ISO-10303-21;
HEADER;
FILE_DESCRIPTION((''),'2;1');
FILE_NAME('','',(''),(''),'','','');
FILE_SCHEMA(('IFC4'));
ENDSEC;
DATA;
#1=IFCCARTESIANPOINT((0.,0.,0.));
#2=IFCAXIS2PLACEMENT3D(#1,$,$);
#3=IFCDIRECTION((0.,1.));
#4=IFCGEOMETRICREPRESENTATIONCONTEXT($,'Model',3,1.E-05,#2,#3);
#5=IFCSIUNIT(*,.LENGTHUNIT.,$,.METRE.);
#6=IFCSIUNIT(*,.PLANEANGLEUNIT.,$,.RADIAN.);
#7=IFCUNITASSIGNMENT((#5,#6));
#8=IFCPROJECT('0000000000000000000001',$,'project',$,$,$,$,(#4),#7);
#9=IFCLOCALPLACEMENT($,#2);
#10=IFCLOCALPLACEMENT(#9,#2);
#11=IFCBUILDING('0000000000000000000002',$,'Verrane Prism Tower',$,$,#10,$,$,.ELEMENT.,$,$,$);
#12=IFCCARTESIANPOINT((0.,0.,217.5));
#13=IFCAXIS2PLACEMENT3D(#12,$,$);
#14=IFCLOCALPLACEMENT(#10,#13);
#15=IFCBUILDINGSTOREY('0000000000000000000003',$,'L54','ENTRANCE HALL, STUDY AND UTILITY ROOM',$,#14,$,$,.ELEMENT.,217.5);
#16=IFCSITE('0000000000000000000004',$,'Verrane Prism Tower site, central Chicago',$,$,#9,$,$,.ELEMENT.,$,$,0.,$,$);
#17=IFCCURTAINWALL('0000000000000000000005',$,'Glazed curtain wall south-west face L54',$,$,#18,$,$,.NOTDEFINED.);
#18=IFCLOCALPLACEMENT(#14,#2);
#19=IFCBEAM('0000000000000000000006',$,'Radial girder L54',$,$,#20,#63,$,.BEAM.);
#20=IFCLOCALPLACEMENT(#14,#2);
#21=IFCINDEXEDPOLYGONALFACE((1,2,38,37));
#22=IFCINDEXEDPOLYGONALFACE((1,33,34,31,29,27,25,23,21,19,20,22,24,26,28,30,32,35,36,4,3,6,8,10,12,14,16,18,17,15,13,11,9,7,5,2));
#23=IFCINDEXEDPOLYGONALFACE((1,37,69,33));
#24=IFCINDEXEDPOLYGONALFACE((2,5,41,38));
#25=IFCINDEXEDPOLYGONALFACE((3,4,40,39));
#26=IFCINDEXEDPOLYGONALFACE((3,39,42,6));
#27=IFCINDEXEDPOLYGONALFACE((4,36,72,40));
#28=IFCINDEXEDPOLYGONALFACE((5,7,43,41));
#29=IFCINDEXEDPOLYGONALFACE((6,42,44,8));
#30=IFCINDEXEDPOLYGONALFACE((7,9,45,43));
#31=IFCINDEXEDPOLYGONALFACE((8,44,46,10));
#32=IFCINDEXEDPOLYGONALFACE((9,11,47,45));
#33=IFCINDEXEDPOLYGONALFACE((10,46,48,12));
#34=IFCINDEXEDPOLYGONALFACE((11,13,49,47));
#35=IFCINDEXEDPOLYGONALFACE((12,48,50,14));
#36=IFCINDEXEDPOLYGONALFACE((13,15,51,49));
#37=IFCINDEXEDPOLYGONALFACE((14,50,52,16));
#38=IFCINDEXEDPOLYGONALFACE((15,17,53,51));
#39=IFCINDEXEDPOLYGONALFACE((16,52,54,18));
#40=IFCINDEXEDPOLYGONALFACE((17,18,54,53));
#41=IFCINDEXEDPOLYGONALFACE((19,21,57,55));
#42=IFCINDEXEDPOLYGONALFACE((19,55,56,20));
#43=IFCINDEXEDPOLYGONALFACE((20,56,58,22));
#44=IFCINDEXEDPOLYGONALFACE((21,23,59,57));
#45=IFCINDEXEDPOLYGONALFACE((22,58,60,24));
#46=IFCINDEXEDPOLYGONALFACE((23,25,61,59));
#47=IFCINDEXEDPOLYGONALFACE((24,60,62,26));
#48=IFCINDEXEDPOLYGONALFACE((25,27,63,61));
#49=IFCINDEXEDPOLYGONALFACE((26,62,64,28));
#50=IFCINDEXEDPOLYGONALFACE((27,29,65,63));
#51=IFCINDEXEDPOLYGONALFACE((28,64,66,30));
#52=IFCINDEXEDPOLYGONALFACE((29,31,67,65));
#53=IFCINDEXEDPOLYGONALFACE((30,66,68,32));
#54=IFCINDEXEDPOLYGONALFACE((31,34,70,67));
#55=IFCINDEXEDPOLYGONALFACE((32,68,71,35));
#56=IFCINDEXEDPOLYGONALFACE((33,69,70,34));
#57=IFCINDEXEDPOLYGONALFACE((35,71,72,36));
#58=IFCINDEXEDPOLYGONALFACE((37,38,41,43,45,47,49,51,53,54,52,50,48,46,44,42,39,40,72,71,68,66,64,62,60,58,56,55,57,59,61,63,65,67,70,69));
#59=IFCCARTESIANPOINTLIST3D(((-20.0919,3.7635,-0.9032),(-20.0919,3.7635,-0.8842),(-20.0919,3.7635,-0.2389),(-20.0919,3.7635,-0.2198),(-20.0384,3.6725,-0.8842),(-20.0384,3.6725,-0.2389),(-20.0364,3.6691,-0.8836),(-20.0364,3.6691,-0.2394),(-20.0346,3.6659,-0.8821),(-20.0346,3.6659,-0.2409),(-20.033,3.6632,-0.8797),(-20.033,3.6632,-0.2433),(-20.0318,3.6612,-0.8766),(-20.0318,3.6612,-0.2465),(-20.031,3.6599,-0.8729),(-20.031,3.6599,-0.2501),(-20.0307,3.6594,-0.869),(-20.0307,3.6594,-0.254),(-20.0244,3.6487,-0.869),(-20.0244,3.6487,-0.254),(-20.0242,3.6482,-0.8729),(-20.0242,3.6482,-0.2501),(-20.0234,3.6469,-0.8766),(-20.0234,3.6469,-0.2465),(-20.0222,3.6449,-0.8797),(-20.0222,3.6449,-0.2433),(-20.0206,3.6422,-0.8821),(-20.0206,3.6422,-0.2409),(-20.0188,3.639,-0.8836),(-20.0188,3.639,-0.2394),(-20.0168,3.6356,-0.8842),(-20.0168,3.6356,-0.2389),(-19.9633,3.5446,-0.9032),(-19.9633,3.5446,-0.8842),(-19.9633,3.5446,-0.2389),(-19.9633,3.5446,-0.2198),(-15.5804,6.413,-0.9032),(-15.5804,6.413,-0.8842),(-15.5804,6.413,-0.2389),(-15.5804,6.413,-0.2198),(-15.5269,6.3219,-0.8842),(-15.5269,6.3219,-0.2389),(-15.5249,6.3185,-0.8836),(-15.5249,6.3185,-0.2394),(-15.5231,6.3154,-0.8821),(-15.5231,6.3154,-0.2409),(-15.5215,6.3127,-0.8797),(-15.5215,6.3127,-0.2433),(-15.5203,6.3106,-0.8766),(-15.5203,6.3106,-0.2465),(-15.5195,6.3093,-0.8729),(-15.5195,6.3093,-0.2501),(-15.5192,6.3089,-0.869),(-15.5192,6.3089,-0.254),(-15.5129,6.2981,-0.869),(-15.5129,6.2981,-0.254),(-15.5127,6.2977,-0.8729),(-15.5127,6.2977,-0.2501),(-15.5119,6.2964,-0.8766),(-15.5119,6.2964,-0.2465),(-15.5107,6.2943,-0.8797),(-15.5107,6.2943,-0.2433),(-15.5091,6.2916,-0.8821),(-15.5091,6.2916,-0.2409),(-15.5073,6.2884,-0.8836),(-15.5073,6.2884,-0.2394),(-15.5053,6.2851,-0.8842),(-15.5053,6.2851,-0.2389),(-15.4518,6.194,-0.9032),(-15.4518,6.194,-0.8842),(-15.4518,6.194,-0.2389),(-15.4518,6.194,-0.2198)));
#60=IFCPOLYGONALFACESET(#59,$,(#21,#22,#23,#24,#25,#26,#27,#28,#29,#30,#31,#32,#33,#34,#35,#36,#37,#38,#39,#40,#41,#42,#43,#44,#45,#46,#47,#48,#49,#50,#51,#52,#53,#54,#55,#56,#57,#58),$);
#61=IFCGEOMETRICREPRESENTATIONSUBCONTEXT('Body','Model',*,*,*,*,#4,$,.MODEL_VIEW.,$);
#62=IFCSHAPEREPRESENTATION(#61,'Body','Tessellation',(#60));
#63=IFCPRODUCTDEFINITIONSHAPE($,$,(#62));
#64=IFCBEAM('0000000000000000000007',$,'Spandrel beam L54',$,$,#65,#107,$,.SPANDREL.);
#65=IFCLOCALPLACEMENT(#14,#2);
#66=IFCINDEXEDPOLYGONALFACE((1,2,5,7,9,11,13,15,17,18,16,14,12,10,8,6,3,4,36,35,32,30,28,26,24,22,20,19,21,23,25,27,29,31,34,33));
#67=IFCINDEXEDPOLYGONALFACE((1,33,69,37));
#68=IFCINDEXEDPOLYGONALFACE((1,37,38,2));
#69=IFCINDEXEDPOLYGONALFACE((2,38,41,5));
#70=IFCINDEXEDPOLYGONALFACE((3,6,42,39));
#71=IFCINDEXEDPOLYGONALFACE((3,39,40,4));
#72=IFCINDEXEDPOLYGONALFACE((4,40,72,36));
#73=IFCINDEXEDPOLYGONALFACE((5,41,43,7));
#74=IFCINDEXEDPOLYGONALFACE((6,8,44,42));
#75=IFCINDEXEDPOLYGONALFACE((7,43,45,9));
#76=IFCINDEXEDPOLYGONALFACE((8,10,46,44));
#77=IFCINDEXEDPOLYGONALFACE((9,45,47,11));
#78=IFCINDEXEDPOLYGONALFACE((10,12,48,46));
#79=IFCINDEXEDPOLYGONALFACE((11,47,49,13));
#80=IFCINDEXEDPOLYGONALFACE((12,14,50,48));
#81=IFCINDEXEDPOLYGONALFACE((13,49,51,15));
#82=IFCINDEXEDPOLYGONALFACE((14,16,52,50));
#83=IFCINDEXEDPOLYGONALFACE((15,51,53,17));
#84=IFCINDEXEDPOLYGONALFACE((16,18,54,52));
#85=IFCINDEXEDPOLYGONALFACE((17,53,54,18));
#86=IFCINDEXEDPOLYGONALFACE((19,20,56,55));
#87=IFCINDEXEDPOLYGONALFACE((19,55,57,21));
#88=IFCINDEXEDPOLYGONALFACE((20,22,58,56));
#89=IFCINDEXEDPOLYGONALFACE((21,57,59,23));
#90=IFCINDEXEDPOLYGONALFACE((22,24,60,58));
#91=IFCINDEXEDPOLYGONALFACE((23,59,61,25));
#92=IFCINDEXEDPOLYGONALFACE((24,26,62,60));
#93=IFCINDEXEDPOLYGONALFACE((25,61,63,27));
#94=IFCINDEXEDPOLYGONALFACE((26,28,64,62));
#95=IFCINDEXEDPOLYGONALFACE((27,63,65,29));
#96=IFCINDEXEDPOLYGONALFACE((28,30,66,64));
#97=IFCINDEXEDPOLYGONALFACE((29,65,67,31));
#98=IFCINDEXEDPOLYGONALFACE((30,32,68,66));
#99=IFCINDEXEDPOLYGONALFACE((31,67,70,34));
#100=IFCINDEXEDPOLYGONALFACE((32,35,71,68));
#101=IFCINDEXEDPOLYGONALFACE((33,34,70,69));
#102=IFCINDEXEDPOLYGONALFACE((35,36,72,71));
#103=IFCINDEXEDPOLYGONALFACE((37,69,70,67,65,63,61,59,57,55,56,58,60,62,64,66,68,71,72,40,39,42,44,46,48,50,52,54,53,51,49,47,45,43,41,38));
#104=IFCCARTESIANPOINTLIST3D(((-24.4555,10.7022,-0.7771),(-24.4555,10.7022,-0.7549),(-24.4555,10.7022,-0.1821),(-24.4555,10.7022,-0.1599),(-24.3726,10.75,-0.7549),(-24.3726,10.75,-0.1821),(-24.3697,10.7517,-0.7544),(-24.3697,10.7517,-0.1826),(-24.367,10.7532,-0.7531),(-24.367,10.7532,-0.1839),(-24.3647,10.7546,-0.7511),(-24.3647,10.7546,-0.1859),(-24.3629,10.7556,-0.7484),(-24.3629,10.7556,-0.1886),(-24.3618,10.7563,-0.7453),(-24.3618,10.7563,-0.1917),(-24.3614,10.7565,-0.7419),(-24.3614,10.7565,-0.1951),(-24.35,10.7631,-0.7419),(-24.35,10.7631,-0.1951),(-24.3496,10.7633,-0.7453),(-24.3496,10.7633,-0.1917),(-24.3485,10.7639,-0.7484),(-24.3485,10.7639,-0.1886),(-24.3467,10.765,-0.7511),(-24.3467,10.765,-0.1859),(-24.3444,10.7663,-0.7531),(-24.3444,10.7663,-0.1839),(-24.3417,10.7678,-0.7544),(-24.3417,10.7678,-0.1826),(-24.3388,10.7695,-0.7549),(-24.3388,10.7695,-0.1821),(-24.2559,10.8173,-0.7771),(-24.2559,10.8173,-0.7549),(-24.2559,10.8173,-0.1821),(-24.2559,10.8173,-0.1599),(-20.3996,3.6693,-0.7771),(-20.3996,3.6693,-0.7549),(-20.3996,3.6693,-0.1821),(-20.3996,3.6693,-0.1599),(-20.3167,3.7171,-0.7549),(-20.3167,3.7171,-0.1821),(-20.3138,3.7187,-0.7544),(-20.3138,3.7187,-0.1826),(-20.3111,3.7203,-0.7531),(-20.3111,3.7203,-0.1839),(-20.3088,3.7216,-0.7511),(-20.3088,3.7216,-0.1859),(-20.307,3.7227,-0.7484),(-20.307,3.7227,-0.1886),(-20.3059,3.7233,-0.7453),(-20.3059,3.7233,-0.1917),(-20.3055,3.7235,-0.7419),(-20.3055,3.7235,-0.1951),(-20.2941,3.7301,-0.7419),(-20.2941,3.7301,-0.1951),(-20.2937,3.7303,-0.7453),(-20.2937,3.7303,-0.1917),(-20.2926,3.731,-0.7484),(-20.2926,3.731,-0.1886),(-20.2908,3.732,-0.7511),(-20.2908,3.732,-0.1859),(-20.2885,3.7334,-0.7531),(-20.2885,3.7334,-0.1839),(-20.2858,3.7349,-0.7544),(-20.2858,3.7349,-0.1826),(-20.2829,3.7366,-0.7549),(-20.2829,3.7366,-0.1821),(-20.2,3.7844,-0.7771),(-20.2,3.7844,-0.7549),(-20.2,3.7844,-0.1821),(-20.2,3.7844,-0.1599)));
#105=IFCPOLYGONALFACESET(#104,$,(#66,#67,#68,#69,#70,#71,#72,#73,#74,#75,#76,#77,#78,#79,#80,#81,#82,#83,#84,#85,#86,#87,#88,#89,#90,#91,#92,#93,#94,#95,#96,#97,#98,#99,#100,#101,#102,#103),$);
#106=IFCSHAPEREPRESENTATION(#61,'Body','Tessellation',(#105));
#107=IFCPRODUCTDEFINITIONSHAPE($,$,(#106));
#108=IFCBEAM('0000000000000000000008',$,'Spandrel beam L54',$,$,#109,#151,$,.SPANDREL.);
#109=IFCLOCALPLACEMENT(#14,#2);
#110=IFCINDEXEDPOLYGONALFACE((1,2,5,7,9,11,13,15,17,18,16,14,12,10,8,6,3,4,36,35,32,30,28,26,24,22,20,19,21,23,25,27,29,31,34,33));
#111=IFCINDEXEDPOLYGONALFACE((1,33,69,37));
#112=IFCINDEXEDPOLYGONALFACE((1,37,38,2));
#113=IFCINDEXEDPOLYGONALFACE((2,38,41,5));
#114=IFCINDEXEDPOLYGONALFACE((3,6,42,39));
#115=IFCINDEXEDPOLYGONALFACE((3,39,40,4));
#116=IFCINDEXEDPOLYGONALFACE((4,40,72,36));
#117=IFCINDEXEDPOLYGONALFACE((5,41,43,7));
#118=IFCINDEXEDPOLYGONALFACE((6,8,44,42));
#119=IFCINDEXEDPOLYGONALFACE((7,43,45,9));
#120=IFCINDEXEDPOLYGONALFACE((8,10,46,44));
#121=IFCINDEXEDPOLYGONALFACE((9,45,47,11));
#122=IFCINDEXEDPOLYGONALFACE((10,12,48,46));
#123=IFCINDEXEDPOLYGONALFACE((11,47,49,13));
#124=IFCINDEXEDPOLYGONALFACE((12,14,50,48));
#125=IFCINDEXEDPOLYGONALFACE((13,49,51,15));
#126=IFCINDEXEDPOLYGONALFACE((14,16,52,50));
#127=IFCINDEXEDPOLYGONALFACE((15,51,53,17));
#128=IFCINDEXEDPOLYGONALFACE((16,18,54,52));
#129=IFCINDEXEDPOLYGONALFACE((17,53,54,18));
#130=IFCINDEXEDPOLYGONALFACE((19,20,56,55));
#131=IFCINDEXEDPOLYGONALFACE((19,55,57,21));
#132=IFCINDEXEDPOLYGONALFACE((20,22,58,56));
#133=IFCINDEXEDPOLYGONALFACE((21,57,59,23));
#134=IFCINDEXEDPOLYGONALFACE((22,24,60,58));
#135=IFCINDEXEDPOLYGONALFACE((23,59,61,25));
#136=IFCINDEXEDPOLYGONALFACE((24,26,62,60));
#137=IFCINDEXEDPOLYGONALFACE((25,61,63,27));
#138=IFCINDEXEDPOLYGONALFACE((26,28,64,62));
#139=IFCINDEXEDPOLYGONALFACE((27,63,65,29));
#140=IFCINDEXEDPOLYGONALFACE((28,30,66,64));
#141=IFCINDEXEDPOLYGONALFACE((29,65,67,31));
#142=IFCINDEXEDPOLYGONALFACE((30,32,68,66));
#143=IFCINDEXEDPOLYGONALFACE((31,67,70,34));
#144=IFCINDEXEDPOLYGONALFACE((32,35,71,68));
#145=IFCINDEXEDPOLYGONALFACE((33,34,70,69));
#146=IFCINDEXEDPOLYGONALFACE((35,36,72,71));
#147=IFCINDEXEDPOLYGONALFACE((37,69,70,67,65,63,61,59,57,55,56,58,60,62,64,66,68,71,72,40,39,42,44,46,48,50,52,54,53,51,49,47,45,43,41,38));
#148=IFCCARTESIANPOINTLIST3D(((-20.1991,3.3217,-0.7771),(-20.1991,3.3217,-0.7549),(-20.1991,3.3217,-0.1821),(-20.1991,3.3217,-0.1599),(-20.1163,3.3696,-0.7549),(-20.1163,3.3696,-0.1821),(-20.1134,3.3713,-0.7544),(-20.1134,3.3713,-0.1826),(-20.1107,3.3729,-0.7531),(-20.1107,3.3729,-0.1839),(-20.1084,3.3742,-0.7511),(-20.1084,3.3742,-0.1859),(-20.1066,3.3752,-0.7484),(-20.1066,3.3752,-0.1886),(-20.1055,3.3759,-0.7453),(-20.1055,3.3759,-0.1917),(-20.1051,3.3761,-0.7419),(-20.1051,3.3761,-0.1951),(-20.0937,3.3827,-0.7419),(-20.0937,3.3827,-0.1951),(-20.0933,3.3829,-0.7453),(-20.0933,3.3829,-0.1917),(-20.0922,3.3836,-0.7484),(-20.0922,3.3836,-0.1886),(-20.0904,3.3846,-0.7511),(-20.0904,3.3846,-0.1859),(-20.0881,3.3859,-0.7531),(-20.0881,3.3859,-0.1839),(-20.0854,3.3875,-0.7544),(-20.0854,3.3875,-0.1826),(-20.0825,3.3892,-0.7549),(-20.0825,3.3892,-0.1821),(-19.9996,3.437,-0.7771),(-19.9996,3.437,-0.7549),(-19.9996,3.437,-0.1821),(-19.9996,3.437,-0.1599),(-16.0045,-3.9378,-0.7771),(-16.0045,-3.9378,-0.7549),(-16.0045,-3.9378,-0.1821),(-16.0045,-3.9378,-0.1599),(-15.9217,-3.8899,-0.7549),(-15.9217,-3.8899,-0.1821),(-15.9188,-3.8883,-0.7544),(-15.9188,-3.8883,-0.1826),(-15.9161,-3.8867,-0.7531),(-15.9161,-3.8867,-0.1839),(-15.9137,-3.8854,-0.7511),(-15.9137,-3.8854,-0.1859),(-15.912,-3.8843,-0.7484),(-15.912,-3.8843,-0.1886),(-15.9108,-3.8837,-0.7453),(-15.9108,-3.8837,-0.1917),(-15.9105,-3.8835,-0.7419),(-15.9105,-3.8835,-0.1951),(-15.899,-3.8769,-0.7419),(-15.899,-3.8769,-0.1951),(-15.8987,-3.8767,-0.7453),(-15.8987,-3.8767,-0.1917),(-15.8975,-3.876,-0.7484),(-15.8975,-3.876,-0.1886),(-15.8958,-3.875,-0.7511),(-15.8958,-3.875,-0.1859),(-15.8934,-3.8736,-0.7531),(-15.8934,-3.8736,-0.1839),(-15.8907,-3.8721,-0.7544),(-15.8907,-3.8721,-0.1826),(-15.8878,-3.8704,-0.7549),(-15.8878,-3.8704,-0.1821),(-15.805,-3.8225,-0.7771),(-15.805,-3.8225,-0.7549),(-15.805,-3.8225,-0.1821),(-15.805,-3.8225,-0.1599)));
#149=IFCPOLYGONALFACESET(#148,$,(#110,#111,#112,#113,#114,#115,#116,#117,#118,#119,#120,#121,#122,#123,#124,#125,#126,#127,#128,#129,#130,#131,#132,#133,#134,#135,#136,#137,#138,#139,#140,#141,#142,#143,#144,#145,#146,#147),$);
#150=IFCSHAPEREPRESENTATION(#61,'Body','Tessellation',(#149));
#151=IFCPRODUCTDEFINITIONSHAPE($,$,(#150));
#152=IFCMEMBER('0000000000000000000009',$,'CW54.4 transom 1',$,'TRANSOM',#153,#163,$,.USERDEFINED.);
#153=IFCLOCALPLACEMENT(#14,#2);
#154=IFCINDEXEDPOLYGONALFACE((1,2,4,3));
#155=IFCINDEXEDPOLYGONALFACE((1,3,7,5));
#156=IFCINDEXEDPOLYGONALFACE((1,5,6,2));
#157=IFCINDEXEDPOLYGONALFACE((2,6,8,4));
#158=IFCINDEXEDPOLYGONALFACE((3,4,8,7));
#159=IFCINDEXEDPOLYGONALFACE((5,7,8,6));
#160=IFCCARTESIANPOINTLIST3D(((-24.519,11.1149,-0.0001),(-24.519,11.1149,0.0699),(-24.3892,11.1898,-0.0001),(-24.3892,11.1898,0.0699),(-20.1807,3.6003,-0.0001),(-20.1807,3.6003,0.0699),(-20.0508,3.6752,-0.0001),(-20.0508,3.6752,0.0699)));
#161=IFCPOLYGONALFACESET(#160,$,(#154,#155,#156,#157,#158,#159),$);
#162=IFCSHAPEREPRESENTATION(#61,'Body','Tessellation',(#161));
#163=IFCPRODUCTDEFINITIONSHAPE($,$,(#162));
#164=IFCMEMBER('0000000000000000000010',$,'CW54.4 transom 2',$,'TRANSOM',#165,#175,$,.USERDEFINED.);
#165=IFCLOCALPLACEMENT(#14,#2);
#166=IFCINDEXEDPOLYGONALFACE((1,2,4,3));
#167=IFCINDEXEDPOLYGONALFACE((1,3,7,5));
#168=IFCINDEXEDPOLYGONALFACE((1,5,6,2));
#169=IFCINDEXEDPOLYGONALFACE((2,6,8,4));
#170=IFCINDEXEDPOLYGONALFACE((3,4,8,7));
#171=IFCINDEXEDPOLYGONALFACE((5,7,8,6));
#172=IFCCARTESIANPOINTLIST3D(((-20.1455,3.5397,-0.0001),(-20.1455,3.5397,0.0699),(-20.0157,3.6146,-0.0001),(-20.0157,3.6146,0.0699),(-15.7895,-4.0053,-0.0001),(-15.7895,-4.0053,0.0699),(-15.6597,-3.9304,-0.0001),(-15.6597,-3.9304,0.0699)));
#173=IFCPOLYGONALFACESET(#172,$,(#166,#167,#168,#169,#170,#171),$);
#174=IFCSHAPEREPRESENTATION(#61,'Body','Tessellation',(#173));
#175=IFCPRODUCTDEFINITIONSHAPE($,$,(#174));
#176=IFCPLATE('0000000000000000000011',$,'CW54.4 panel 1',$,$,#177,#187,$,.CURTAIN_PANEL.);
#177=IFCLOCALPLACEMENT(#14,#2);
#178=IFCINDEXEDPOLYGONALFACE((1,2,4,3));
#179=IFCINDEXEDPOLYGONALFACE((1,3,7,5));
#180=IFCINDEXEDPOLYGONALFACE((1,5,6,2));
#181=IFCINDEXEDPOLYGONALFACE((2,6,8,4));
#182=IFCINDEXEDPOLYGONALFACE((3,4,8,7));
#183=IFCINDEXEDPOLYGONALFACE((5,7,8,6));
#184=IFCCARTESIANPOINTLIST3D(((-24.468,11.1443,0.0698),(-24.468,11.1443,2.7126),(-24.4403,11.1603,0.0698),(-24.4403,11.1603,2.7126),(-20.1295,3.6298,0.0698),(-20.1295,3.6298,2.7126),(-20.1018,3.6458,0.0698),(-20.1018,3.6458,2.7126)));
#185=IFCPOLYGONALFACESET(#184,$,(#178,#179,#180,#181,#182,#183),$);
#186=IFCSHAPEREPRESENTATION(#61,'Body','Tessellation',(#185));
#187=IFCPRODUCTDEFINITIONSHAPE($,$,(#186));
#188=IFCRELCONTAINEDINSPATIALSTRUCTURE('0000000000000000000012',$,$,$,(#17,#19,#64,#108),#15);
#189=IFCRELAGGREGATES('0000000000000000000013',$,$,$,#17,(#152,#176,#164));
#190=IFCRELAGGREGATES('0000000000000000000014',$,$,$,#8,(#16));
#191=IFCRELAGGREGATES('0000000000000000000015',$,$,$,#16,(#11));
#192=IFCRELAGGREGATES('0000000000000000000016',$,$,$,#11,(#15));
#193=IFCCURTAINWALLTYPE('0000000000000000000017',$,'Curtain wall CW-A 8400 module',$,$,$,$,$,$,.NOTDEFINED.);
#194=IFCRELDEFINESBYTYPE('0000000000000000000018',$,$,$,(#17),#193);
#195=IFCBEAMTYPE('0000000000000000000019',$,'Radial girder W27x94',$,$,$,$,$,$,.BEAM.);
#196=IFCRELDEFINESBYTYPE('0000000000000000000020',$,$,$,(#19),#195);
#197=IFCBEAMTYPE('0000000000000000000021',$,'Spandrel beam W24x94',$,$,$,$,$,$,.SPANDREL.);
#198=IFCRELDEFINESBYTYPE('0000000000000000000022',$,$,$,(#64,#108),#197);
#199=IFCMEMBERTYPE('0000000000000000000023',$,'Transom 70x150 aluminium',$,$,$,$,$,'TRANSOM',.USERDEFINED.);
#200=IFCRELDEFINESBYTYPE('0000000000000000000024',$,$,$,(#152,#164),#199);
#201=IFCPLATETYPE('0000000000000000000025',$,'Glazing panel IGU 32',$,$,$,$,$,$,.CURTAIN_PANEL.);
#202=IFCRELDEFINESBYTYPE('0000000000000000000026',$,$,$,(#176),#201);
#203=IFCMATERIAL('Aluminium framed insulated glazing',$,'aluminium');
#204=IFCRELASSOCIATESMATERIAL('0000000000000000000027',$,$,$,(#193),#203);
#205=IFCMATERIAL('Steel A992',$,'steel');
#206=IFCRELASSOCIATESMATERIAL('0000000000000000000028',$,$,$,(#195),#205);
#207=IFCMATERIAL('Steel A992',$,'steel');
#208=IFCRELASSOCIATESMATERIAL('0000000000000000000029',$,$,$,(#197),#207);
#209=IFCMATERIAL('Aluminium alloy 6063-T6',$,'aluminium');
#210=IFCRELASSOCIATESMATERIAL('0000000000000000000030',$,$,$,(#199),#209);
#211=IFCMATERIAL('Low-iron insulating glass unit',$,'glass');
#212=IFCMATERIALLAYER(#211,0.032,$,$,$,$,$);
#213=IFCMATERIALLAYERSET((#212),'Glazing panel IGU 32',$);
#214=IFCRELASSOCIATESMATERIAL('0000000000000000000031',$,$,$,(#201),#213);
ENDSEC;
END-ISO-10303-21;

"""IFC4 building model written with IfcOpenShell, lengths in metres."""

from ifc_helpers import new_model, si_unit, direction, frame, origin, origin_2d, place, context, subcontext, project, spatial, rectangle, i_section, extrude, material, layer, layer_set, material_profile, profile_set, type_object, element, aggregate, save


model = new_model("IFC4")

# Units and contexts
model_context = context("Model", 3, precision=1e-05, world=origin(), true_north=direction((0.0, 1.0)))
body_context = subcontext(model_context, "Body", "Model", "MODEL_VIEW")
ifc_project = project(units=[si_unit("LENGTHUNIT", "METRE"), si_unit("PLANEANGLEUNIT", "RADIAN")], contexts=[model_context])

# Site, building, storey
site_placement = place(None, origin())
site = spatial("IfcSite", under=ifc_project, at=site_placement, Name="Verrane Prism Tower site, central Chicago", CompositionType="ELEMENT", RefElevation=0.0)
building_placement = place(site_placement, origin())
building = spatial("IfcBuilding", under=site, at=building_placement, Name="Verrane Prism Tower", CompositionType="ELEMENT")
storey_placement = place(building_placement, frame((0.0, 0.0, 217.5)))
storey = spatial("IfcBuildingStorey", under=building, at=storey_placement, Name="L54", Description="ENTRANCE HALL, STUDY AND UTILITY ROOM", CompositionType="ELEMENT", Elevation=217.5)

# Curtain wall
ifc_material_1 = material(Name="Aluminium framed insulated glazing", Category="aluminium")
curtain_wall_type = type_object("IfcCurtainWallType", Name="Curtain wall CW-A 8400 module", PredefinedType="NOTDEFINED", material=ifc_material_1)
curtain_wall_placement = place(storey_placement, origin())
curtain_wall = element("IfcCurtainWall", 1, at=curtain_wall_placement, inside=storey, type_object=curtain_wall_type, Name="Glazed curtain wall south-west face L54", PredefinedType="NOTDEFINED")

# Beams
ifc_material_2 = material(Name="Steel A992", Category="steel")
ifc_material_profile_1 = material_profile(ifc_material_2, i_section(OverallWidth=0.2539, OverallDepth=0.6833, WebThickness=0.0125, FlangeThickness=0.019, FilletRadius=0.0151, at=origin_2d()), Name="W27x94")
ifc_profile_set_1 = profile_set([ifc_material_profile_1], Name="Steel A992")
beam_type_1 = type_object("IfcBeamType", Name="Radial girder W27x94", PredefinedType="BEAM", material=ifc_profile_set_1)
beam_1_placement = place(storey_placement, frame((-20.0276, 3.6541, -0.5615), z_axis=(0.862301, 0.506396, 0.0), x_axis=(-0.506396, 0.862301, 0.0)))
element("IfcBeam", 2, at=beam_1_placement, inside=storey, type_object=beam_type_1, Name="Radial girder L54", PredefinedType="BEAM", context=body_context, shape_type="SweptSolid", body=[
    extrude(i_section(OverallWidth=0.2539, OverallDepth=0.6833, WebThickness=0.0125, FlangeThickness=0.019, FilletRadius=0.0151, at=origin_2d()), origin(), (0.0, 0.0, 1.0), 5.2319),
])
ifc_material_3 = material(Name="Steel A992", Category="steel")
ifc_material_profile_2 = material_profile(ifc_material_3, i_section(OverallWidth=0.2305, OverallDepth=0.6172, WebThickness=0.0132, FlangeThickness=0.0222, FilletRadius=0.0129, at=origin_2d()), Name="W24x94")
ifc_profile_set_2 = profile_set([ifc_material_profile_2], Name="Steel A992")
beam_type_2 = type_object("IfcBeamType", Name="Spandrel beam W24x94", PredefinedType="SPANDREL", material=ifc_profile_set_2)
beam_2_placement = place(storey_placement, frame((-24.3557, 10.7598, -0.4685), z_axis=(0.499578, -0.866269, 0.0), x_axis=(0.866269, 0.499578, 0.0)))
element("IfcBeam", 3, at=beam_2_placement, inside=storey, type_object=beam_type_2, Name="Spandrel beam L54", PredefinedType="SPANDREL", context=body_context, shape_type="SweptSolid", body=[
    extrude(i_section(OverallWidth=0.2305, OverallDepth=0.6172, WebThickness=0.0132, FlangeThickness=0.0222, FilletRadius=0.0129, at=origin_2d()), origin(), (0.0, 0.0, 1.0), 8.1187),
])
beam_3_placement = place(storey_placement, frame((-20.0994, 3.3794, -0.4685), z_axis=(0.500295, -0.865855, 0.0), x_axis=(0.865855, 0.500295, 0.0)))
element("IfcBeam", 4, at=beam_3_placement, inside=storey, type_object=beam_type_2, Name="Spandrel beam L54", PredefinedType="SPANDREL", context=body_context, shape_type="SweptSolid", body=[
    extrude(i_section(OverallWidth=0.2305, OverallDepth=0.6172, WebThickness=0.0132, FlangeThickness=0.0222, FilletRadius=0.0129, at=origin_2d()), origin(), (0.0, 0.0, 1.0), 8.3843),
])

# Members
ifc_material_4 = material(Name="Aluminium alloy 6063-T6", Category="aluminium")
ifc_material_profile_3 = material_profile(ifc_material_4, rectangle(XDim=0.1499, YDim=0.0701, at=origin_2d()), Name="Transom 70x150 aluminium")
ifc_profile_set_3 = profile_set([ifc_material_profile_3], Name="Aluminium alloy 6063-T6")
member_type_1 = type_object("IfcMemberType", Name="Transom 70x150 aluminium", ElementType="TRANSOM", PredefinedType="USERDEFINED", material=ifc_profile_set_3)
member_1_placement = place(storey_placement, frame((-24.4541, 11.1523, 0.0349), z_axis=(0.499982, -0.866036, 0.0), x_axis=(0.866036, 0.499982, 0.0)))
member_1 = element("IfcMember", 5, at=member_1_placement, type_object=member_type_1, Name="CW54.4 transom 1", ObjectType="TRANSOM", PredefinedType="USERDEFINED", context=body_context, shape_type="SweptSolid", body=[
    extrude(rectangle(XDim=0.1499, YDim=0.0701, at=origin_2d()), origin(), (0.0, 0.0, 1.0), 8.677),
])
member_2_placement = place(storey_placement, frame((-20.0806, 3.5771, 0.0349), z_axis=(0.499991, -0.866031, 0.0), x_axis=(0.866031, 0.499991, 0.0)))
member_2 = element("IfcMember", 6, at=member_2_placement, type_object=member_type_1, Name="CW54.4 transom 2", ObjectType="TRANSOM", PredefinedType="USERDEFINED", context=body_context, shape_type="SweptSolid", body=[
    extrude(rectangle(XDim=0.1499, YDim=0.0701, at=origin_2d()), origin(), (0.0, 0.0, 1.0), 8.7122),
])

# Plate
ifc_material_5 = material(Name="Low-iron insulating glass unit", Category="glass")
ifc_layer_1 = layer(ifc_material_5, 0.032)
ifc_layer_set_1 = layer_set([ifc_layer_1], Name="Glazing panel IGU 32")
plate_type = type_object("IfcPlateType", Name="Glazing panel IGU 32", PredefinedType="CURTAIN_PANEL", material=ifc_layer_set_1)
plate_placement = place(storey_placement, frame((-22.2849, 7.395, 0.0698), z_axis=(0.0, 0.0, 1.0), x_axis=(0.500001, -0.866025, 0.0)))
plate = element("IfcPlate", 7, at=plate_placement, type_object=plate_type, Name="CW54.4 panel 1", PredefinedType="CURTAIN_PANEL", context=body_context, shape_type="SweptSolid", body=[
    extrude(rectangle(XDim=8.677, YDim=0.032, at=origin_2d()), origin(), (0.0, 0.0, 1.0), 2.6428),
])
aggregate(curtain_wall, [member_1, plate, member_2])

save(model, "model.ifc")
